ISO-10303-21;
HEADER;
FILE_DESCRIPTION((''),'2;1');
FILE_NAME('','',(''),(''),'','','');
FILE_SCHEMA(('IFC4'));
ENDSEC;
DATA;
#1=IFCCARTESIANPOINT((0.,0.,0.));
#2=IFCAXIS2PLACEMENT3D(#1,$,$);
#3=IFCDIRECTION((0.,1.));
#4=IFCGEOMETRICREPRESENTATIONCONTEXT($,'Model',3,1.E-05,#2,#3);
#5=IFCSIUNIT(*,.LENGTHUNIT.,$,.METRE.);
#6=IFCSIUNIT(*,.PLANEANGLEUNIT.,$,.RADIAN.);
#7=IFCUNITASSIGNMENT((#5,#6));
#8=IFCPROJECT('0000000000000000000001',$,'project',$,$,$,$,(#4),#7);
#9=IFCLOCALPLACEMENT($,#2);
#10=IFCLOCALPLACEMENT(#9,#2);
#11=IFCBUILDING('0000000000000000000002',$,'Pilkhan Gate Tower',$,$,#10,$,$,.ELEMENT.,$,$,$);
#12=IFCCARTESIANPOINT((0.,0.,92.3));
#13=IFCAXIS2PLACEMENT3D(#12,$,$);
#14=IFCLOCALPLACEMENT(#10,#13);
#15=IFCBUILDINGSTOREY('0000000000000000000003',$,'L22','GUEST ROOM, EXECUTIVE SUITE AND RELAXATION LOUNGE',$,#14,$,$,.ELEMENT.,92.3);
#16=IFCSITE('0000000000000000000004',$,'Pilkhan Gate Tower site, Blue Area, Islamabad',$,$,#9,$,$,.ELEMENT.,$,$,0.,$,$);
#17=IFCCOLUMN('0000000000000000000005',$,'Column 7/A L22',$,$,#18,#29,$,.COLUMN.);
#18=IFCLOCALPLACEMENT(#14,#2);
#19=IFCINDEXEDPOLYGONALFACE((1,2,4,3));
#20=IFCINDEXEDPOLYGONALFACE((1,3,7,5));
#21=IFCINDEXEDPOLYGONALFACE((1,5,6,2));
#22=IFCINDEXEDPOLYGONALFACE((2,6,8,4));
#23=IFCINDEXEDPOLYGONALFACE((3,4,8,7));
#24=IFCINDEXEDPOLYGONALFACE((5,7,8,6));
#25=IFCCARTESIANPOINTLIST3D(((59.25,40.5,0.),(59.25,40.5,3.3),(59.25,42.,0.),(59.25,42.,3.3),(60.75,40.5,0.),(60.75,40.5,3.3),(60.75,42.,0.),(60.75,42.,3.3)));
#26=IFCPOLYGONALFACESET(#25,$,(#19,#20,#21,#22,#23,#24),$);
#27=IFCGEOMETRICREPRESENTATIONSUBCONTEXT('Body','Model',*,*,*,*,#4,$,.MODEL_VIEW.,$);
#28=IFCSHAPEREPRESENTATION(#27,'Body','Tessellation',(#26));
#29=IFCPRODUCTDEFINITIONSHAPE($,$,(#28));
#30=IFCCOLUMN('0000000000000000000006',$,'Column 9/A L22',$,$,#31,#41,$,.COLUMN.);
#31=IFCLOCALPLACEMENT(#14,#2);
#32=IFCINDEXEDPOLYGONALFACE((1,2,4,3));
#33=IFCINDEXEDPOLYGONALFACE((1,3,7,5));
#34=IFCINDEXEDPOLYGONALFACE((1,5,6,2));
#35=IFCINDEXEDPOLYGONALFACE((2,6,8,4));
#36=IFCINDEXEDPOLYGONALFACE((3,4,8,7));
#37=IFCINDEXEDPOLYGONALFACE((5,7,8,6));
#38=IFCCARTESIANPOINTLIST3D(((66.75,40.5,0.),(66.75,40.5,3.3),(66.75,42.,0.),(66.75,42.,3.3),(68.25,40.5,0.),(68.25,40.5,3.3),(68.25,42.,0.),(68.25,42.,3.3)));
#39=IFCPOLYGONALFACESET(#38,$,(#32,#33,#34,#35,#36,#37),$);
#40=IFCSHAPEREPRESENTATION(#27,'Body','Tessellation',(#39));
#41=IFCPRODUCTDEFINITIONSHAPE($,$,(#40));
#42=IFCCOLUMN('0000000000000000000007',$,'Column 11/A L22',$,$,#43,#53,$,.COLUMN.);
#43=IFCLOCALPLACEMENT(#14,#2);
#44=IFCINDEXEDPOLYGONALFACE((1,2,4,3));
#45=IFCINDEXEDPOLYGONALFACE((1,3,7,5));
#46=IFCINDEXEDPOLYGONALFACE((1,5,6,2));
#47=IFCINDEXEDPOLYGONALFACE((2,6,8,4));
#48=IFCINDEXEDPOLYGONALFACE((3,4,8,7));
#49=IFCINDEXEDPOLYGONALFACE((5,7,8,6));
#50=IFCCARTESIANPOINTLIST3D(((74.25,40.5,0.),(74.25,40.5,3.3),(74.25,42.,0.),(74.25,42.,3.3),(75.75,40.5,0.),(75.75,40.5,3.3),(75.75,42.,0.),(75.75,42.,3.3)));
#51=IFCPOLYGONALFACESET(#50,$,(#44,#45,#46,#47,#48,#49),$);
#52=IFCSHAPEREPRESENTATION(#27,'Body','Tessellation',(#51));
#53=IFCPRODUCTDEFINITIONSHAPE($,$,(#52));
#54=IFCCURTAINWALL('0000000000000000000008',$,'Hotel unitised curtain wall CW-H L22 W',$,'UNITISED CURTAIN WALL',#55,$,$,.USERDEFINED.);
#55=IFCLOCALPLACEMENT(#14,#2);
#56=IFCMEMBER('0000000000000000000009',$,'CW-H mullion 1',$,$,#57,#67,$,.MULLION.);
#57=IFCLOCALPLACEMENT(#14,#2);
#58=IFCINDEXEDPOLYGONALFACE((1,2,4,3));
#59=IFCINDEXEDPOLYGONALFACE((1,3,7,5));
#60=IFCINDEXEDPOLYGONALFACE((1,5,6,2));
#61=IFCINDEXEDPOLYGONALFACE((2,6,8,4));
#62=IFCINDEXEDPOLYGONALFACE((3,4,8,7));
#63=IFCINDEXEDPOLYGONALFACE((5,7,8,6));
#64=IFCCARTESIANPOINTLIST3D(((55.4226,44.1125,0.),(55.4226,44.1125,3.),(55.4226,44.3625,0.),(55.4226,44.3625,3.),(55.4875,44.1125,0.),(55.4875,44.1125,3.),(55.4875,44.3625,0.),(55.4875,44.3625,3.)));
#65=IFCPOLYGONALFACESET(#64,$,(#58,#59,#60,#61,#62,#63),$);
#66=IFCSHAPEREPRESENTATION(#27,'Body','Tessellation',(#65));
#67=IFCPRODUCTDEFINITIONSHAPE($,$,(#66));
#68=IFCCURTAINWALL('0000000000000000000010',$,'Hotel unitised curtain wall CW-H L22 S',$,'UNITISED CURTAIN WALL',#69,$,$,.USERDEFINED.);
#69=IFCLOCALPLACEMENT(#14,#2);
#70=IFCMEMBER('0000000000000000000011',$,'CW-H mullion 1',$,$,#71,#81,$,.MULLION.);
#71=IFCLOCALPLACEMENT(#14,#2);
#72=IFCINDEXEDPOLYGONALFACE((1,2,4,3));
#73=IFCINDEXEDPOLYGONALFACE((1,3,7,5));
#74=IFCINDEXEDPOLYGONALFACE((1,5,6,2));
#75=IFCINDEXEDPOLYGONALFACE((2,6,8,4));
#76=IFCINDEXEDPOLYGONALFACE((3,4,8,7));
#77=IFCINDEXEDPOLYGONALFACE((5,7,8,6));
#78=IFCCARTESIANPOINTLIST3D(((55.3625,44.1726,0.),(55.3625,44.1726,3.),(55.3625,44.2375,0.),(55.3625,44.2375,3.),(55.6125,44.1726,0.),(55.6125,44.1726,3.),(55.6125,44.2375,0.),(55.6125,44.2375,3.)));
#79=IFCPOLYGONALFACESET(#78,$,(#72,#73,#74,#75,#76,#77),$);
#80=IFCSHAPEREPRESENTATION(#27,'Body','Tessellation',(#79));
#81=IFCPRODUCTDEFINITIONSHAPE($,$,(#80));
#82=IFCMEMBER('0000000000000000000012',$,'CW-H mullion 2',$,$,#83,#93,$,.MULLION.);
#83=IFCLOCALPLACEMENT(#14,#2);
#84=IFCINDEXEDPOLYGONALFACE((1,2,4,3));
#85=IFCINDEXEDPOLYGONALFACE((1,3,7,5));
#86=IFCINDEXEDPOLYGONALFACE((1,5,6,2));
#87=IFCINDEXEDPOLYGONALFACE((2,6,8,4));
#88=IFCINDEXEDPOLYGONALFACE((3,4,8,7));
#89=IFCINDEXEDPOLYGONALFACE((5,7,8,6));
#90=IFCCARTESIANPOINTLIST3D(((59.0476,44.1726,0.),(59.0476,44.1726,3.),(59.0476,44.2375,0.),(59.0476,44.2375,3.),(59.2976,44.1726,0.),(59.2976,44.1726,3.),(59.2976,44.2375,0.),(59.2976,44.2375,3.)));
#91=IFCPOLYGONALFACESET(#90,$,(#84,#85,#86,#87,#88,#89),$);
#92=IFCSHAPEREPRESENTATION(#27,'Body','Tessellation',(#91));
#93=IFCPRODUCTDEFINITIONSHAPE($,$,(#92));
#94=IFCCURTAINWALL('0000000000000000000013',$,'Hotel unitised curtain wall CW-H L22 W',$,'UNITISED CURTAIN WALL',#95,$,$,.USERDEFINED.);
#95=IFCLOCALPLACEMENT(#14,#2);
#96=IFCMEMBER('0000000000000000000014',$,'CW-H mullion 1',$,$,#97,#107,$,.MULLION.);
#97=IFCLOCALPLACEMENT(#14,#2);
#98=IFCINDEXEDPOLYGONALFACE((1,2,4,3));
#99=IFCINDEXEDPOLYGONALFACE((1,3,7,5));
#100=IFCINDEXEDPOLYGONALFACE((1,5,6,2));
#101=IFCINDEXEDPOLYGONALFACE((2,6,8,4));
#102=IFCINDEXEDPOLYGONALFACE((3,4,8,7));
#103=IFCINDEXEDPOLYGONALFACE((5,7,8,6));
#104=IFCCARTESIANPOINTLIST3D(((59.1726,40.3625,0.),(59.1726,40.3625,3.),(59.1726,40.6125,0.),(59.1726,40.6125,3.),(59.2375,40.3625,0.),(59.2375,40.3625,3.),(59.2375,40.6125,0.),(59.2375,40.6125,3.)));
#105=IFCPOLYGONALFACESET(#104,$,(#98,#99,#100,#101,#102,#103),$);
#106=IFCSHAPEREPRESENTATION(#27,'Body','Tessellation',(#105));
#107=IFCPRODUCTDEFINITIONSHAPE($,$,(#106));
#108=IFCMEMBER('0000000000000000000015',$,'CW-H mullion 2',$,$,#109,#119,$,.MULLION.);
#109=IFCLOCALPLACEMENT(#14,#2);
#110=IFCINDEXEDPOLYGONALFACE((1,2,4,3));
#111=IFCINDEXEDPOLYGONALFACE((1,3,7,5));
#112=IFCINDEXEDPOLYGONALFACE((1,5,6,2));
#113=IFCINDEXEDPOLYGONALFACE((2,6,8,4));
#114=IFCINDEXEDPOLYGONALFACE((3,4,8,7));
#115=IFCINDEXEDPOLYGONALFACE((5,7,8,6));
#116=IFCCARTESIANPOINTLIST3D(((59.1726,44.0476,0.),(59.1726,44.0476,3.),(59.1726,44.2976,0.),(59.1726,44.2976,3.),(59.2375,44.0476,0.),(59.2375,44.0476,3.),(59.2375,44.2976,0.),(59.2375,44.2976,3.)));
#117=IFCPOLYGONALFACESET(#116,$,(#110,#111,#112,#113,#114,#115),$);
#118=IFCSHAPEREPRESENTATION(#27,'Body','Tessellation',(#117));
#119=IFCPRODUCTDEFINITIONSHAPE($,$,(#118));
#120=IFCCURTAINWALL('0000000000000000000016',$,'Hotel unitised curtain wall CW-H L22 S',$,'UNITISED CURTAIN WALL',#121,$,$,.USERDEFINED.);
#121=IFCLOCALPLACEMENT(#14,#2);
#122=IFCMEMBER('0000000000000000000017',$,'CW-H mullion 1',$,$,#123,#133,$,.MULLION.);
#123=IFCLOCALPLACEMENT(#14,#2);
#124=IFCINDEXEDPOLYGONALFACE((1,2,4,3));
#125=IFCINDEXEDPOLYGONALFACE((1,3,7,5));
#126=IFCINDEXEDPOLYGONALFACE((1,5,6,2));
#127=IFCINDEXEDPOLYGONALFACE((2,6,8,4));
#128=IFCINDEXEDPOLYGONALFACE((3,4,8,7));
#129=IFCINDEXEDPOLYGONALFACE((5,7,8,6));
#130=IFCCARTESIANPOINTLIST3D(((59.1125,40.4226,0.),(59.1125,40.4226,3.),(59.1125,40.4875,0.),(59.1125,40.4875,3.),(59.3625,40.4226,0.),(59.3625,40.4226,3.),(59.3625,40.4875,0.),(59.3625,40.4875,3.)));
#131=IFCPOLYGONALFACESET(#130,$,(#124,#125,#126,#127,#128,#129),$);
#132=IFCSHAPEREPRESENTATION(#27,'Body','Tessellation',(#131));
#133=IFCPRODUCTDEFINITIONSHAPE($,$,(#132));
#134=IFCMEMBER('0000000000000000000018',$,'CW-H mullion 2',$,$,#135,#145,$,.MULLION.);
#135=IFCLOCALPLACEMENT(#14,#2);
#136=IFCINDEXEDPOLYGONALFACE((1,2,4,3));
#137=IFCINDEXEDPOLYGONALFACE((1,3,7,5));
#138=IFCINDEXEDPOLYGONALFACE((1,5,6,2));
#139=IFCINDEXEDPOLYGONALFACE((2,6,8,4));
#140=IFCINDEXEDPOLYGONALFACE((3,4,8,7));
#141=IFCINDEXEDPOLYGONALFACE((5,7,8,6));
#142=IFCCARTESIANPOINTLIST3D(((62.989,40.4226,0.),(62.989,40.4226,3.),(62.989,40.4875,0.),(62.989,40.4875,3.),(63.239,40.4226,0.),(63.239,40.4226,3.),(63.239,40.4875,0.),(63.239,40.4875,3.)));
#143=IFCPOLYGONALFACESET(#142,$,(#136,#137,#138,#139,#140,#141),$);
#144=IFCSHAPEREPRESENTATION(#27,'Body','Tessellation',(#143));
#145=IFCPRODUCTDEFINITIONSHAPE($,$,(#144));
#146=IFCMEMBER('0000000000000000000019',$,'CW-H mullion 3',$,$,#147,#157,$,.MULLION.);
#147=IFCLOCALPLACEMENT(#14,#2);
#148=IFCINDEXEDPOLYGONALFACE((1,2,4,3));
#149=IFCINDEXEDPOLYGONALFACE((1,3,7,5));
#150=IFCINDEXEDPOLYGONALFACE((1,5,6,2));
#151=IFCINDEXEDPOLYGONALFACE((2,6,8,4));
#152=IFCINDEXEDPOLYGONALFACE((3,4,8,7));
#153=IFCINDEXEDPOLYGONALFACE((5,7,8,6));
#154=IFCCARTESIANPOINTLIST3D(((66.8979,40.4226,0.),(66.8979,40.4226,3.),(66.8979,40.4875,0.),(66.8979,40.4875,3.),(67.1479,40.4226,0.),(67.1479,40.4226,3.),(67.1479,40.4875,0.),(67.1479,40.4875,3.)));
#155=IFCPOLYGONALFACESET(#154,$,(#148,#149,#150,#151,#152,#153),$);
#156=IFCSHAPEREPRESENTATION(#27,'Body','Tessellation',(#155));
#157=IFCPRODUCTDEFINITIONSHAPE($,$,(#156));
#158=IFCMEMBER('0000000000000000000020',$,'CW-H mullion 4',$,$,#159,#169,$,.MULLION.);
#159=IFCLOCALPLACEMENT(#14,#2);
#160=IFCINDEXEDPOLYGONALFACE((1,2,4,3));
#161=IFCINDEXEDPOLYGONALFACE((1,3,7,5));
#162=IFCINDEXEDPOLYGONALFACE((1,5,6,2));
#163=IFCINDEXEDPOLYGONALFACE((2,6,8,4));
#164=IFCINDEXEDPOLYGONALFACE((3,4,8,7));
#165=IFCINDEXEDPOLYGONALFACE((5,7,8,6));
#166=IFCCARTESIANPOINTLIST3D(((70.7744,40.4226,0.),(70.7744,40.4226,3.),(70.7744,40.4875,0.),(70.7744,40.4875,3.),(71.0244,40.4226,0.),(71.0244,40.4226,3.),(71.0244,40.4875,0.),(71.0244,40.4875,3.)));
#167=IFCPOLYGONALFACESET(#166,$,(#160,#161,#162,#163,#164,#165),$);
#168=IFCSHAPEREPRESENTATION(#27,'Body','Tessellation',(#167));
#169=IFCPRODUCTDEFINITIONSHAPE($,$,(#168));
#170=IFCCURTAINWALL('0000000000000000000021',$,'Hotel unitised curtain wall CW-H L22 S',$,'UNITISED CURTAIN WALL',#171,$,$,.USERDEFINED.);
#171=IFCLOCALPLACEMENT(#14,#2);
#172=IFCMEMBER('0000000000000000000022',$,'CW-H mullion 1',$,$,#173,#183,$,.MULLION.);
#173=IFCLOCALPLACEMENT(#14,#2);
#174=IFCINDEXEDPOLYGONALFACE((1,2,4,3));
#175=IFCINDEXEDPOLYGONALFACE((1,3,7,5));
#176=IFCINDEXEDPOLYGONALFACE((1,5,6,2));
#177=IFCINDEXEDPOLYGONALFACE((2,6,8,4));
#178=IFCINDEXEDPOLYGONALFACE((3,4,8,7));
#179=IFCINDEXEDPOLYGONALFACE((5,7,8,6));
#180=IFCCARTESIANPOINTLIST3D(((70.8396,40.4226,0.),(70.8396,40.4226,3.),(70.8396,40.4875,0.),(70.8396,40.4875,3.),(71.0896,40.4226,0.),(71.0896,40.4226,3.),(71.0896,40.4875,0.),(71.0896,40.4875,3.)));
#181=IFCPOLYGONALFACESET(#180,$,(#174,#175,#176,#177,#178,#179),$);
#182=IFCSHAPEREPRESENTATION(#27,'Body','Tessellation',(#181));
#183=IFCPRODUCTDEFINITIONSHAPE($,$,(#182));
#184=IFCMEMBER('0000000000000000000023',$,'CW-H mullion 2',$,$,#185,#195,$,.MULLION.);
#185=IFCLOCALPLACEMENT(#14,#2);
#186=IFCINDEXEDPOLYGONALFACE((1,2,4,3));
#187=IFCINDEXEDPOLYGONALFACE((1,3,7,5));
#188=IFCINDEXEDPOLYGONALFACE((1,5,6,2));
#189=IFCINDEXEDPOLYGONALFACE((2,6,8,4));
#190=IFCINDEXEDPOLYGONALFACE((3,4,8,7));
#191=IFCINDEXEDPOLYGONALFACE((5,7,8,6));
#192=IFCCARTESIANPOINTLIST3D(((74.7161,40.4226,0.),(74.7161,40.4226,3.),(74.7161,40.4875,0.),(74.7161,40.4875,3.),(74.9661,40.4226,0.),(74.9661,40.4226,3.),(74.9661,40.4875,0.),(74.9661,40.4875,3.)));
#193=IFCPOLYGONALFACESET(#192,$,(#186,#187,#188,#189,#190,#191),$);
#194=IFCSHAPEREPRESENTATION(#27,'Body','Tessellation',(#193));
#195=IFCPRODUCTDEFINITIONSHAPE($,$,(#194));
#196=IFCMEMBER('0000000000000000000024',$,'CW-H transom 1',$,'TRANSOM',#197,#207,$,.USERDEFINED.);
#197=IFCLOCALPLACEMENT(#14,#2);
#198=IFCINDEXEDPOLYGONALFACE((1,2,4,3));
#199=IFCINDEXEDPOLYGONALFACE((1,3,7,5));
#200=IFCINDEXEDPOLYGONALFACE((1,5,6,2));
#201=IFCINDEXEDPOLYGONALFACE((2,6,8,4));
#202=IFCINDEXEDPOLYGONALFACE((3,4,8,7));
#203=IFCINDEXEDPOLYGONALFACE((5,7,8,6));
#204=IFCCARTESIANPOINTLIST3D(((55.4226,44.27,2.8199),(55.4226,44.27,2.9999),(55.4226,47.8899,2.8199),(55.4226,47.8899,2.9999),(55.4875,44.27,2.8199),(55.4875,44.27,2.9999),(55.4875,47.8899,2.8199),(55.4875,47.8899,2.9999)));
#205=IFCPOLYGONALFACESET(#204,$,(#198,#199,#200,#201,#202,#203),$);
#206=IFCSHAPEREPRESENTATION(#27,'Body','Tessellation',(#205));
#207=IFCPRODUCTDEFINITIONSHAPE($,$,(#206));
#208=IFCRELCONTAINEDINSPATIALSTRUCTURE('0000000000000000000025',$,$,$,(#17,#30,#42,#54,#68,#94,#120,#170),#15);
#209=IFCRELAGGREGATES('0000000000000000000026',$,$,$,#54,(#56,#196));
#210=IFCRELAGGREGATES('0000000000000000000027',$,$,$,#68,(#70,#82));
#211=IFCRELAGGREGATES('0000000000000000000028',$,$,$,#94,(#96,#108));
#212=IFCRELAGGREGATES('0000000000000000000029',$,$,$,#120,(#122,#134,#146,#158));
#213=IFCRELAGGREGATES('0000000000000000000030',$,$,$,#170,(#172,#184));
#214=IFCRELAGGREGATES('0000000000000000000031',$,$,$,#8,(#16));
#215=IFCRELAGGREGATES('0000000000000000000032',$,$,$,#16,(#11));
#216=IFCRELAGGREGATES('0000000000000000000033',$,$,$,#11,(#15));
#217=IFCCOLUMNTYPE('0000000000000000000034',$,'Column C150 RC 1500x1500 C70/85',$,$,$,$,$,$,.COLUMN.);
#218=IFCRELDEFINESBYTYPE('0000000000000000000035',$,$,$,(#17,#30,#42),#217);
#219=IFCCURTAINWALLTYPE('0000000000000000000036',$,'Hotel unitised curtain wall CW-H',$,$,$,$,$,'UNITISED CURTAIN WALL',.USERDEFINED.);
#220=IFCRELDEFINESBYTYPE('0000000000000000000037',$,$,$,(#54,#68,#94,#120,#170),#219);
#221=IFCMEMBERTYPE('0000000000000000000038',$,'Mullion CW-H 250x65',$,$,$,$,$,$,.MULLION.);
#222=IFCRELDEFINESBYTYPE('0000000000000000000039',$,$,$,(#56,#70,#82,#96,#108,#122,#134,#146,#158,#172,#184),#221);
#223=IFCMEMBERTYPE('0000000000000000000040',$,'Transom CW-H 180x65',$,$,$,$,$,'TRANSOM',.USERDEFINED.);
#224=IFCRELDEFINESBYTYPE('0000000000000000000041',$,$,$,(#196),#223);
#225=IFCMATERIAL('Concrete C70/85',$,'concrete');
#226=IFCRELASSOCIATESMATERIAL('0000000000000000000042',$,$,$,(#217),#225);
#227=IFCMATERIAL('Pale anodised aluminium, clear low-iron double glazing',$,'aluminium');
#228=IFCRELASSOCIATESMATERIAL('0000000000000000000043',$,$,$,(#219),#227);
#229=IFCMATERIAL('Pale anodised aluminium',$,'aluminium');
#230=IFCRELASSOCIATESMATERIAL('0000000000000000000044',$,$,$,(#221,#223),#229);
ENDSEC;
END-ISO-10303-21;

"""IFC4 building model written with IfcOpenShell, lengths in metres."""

from ifc_helpers import new_model, si_unit, direction, frame, origin, origin_2d, place, context, subcontext, project, spatial, rectangle, extrude, material, material_profile, profile_set, type_object, element, aggregate, save


model = new_model("IFC4")

# Units and contexts
model_context = context("Model", 3, precision=1e-05, world=origin(), true_north=direction((0.0, 1.0)))
body_context = subcontext(model_context, "Body", "Model", "MODEL_VIEW")
ifc_project = project(units=[si_unit("LENGTHUNIT", "METRE"), si_unit("PLANEANGLEUNIT", "RADIAN")], contexts=[model_context])

# Site, building, storey
site_placement = place(None, origin())
site = spatial("IfcSite", under=ifc_project, at=site_placement, Name="Pilkhan Gate Tower site, Blue Area, Islamabad", CompositionType="ELEMENT", RefElevation=0.0)
building_placement = place(site_placement, origin())
building = spatial("IfcBuilding", under=site, at=building_placement, Name="Pilkhan Gate Tower", CompositionType="ELEMENT")
storey_placement = place(building_placement, frame((0.0, 0.0, 92.3)))
storey = spatial("IfcBuildingStorey", under=building, at=storey_placement, Name="L22", Description="GUEST ROOM, EXECUTIVE SUITE AND RELAXATION LOUNGE", CompositionType="ELEMENT", Elevation=92.3)

# Columns
ifc_material_1 = material(Name="Concrete C70/85", Category="concrete")
ifc_material_profile_1 = material_profile(ifc_material_1, rectangle(XDim=1.5, YDim=1.5, at=origin_2d()), Name="RC 1500x1500")
ifc_profile_set_1 = profile_set([ifc_material_profile_1], Name="Concrete C70/85")
column_type = type_object("IfcColumnType", Name="Column C150 RC 1500x1500 C70/85", PredefinedType="COLUMN", material=ifc_profile_set_1)
for number, where, z_axis, x_axis, name in (
    (1, (60.0, 41.25, 0.0), (0.0, 0.0, 1.0), (1.0, 0.0, 0.0), "Column 7/A L22"),
    (2, (67.5, 41.25, 0.0), (0.0, 0.0, 1.0), (1.0, 0.0, 0.0), "Column 9/A L22"),
    (3, (75.0, 41.25, 0.0), (0.0, 0.0, 1.0), (1.0, 0.0, 0.0), "Column 11/A L22"),
):
    element("IfcColumn", number, at=place(storey_placement, frame(where, z_axis=z_axis, x_axis=x_axis)), inside=storey, type_object=column_type, Name=name, PredefinedType="COLUMN", context=body_context, shape_type="SweptSolid", body=[
        extrude(rectangle(XDim=1.5, YDim=1.5, at=origin_2d()), origin(), (0.0, 0.0, 1.0), 3.3),
    ])

# Curtain wall, member
ifc_material_2 = material(Name="Pale anodised aluminium, clear low-iron double glazing", Category="aluminium")
curtain_wall_type = type_object("IfcCurtainWallType", Name="Hotel unitised curtain wall CW-H", ElementType="UNITISED CURTAIN WALL", PredefinedType="USERDEFINED", material=ifc_material_2)
curtain_wall_1_placement = place(storey_placement, origin())
curtain_wall_1 = element("IfcCurtainWall", 4, at=curtain_wall_1_placement, inside=storey, type_object=curtain_wall_type, Name="Hotel unitised curtain wall CW-H L22 W", ObjectType="UNITISED CURTAIN WALL", PredefinedType="USERDEFINED")
ifc_material_3 = material(Name="Pale anodised aluminium", Category="aluminium")
ifc_material_profile_2 = material_profile(ifc_material_3, rectangle(XDim=0.0649, YDim=0.25, at=origin_2d()), Name="Mullion 250x65")
ifc_profile_set_2 = profile_set([ifc_material_profile_2], Name="Pale anodised aluminium")
member_type_1 = type_object("IfcMemberType", Name="Mullion CW-H 250x65", PredefinedType="MULLION", material=ifc_profile_set_2)
member_1_placement = place(storey_placement, frame((55.4551, 44.2375, 0.0), z_axis=(0.0, 0.0, 1.0), x_axis=(-1.0, 0.0, 0.0)))
member_1 = element("IfcMember", 5, at=member_1_placement, type_object=member_type_1, Name="CW-H mullion 1", PredefinedType="MULLION", context=body_context, shape_type="SweptSolid", body=[
    extrude(rectangle(XDim=0.0649, YDim=0.25, at=origin_2d()), origin(), (0.0, 0.0, 1.0), 3.0),
])

# Curtain walls, members
curtain_wall_2_placement = place(storey_placement, origin())
curtain_wall_2 = element("IfcCurtainWall", 6, at=curtain_wall_2_placement, inside=storey, type_object=curtain_wall_type, Name="Hotel unitised curtain wall CW-H L22 S", ObjectType="UNITISED CURTAIN WALL", PredefinedType="USERDEFINED")
member_2_placement = place(storey_placement, frame((55.4875, 44.2051, 0.0), z_axis=(0.0, 0.0, 1.0), x_axis=(0.0, 1.0, 0.0)))
member_2 = element("IfcMember", 7, at=member_2_placement, type_object=member_type_1, Name="CW-H mullion 1", PredefinedType="MULLION", context=body_context, shape_type="SweptSolid", body=[
    extrude(rectangle(XDim=0.0649, YDim=0.25, at=origin_2d()), origin(), (0.0, 0.0, 1.0), 3.0),
])
member_3_placement = place(storey_placement, frame((59.1726, 44.2051, 0.0), z_axis=(0.0, 0.0, 1.0), x_axis=(0.0, 1.0, 0.0)))
member_3 = element("IfcMember", 8, at=member_3_placement, type_object=member_type_1, Name="CW-H mullion 2", PredefinedType="MULLION", context=body_context, shape_type="SweptSolid", body=[
    extrude(rectangle(XDim=0.0649, YDim=0.25, at=origin_2d()), origin(), (0.0, 0.0, 1.0), 3.0),
])
curtain_wall_3_placement = place(storey_placement, origin())
curtain_wall_3 = element("IfcCurtainWall", 9, at=curtain_wall_3_placement, inside=storey, type_object=curtain_wall_type, Name="Hotel unitised curtain wall CW-H L22 W", ObjectType="UNITISED CURTAIN WALL", PredefinedType="USERDEFINED")
member_4_placement = place(storey_placement, frame((59.2051, 40.4875, 0.0), z_axis=(0.0, 0.0, 1.0), x_axis=(-1.0, 0.0, 0.0)))
member_4 = element("IfcMember", 10, at=member_4_placement, type_object=member_type_1, Name="CW-H mullion 1", PredefinedType="MULLION", context=body_context, shape_type="SweptSolid", body=[
    extrude(rectangle(XDim=0.0649, YDim=0.25, at=origin_2d()), origin(), (0.0, 0.0, 1.0), 3.0),
])
member_5_placement = place(storey_placement, frame((59.2051, 44.1726, 0.0), z_axis=(0.0, 0.0, 1.0), x_axis=(-1.0, 0.0, 0.0)))
member_5 = element("IfcMember", 11, at=member_5_placement, type_object=member_type_1, Name="CW-H mullion 2", PredefinedType="MULLION", context=body_context, shape_type="SweptSolid", body=[
    extrude(rectangle(XDim=0.0649, YDim=0.25, at=origin_2d()), origin(), (0.0, 0.0, 1.0), 3.0),
])
curtain_wall_4_placement = place(storey_placement, origin())
curtain_wall_4 = element("IfcCurtainWall", 12, at=curtain_wall_4_placement, inside=storey, type_object=curtain_wall_type, Name="Hotel unitised curtain wall CW-H L22 S", ObjectType="UNITISED CURTAIN WALL", PredefinedType="USERDEFINED")
member_6_placement = place(storey_placement, frame((59.2375, 40.4551, 0.0), z_axis=(0.0, 0.0, 1.0), x_axis=(0.0, 1.0, 0.0)))
member_6 = element("IfcMember", 13, at=member_6_placement, type_object=member_type_1, Name="CW-H mullion 1", PredefinedType="MULLION", context=body_context, shape_type="SweptSolid", body=[
    extrude(rectangle(XDim=0.0649, YDim=0.25, at=origin_2d()), origin(), (0.0, 0.0, 1.0), 3.0),
])
member_7_placement = place(storey_placement, frame((63.114, 40.4551, 0.0), z_axis=(0.0, 0.0, 1.0), x_axis=(0.0, 1.0, 0.0)))
member_7 = element("IfcMember", 14, at=member_7_placement, type_object=member_type_1, Name="CW-H mullion 2", PredefinedType="MULLION", context=body_context, shape_type="SweptSolid", body=[
    extrude(rectangle(XDim=0.0649, YDim=0.25, at=origin_2d()), origin(), (0.0, 0.0, 1.0), 3.0),
])
member_8_placement = place(storey_placement, frame((67.0229, 40.4551, 0.0), z_axis=(0.0, 0.0, 1.0), x_axis=(0.0, 1.0, 0.0)))
member_8 = element("IfcMember", 15, at=member_8_placement, type_object=member_type_1, Name="CW-H mullion 3", PredefinedType="MULLION", context=body_context, shape_type="SweptSolid", body=[
    extrude(rectangle(XDim=0.0649, YDim=0.25, at=origin_2d()), origin(), (0.0, 0.0, 1.0), 3.0),
])
member_9_placement = place(storey_placement, frame((70.8994, 40.4551, 0.0), z_axis=(0.0, 0.0, 1.0), x_axis=(0.0, 1.0, 0.0)))
member_9 = element("IfcMember", 16, at=member_9_placement, type_object=member_type_1, Name="CW-H mullion 4", PredefinedType="MULLION", context=body_context, shape_type="SweptSolid", body=[
    extrude(rectangle(XDim=0.0649, YDim=0.25, at=origin_2d()), origin(), (0.0, 0.0, 1.0), 3.0),
])
curtain_wall_5_placement = place(storey_placement, origin())
curtain_wall_5 = element("IfcCurtainWall", 17, at=curtain_wall_5_placement, inside=storey, type_object=curtain_wall_type, Name="Hotel unitised curtain wall CW-H L22 S", ObjectType="UNITISED CURTAIN WALL", PredefinedType="USERDEFINED")
member_10_placement = place(storey_placement, frame((70.9646, 40.4551, 0.0), z_axis=(0.0, 0.0, 1.0), x_axis=(0.0, 1.0, 0.0)))
member_10 = element("IfcMember", 18, at=member_10_placement, type_object=member_type_1, Name="CW-H mullion 1", PredefinedType="MULLION", context=body_context, shape_type="SweptSolid", body=[
    extrude(rectangle(XDim=0.0649, YDim=0.25, at=origin_2d()), origin(), (0.0, 0.0, 1.0), 3.0),
])
member_11_placement = place(storey_placement, frame((74.8411, 40.4551, 0.0), z_axis=(0.0, 0.0, 1.0), x_axis=(0.0, 1.0, 0.0)))
member_11 = element("IfcMember", 19, at=member_11_placement, type_object=member_type_1, Name="CW-H mullion 2", PredefinedType="MULLION", context=body_context, shape_type="SweptSolid", body=[
    extrude(rectangle(XDim=0.0649, YDim=0.25, at=origin_2d()), origin(), (0.0, 0.0, 1.0), 3.0),
])

# Member
ifc_material_profile_3 = material_profile(ifc_material_3, rectangle(XDim=0.0649, YDim=0.1799, at=origin_2d()), Name="Transom 180x65")
ifc_profile_set_3 = profile_set([ifc_material_profile_3], Name="Pale anodised aluminium")
member_type_2 = type_object("IfcMemberType", Name="Transom CW-H 180x65", ElementType="TRANSOM", PredefinedType="USERDEFINED", material=ifc_profile_set_3)
member_12_placement = place(storey_placement, frame((55.4551, 44.27, 2.9099), z_axis=(0.0, 1.0, 0.0), x_axis=(-1.0, 0.0, 0.0)))
member_12 = element("IfcMember", 20, at=member_12_placement, type_object=member_type_2, Name="CW-H transom 1", ObjectType="TRANSOM", PredefinedType="USERDEFINED", context=body_context, shape_type="SweptSolid", body=[
    extrude(rectangle(XDim=0.0649, YDim=0.1799, at=origin_2d()), origin(), (0.0, 0.0, 1.0), 3.6199),
])
aggregate(curtain_wall_1, [member_1, member_12])

aggregate(curtain_wall_2, [member_2, member_3])
aggregate(curtain_wall_3, [member_4, member_5])
aggregate(curtain_wall_4, [member_6, member_7, member_8, member_9])
aggregate(curtain_wall_5, [member_10, member_11])

save(model, "model.ifc")
